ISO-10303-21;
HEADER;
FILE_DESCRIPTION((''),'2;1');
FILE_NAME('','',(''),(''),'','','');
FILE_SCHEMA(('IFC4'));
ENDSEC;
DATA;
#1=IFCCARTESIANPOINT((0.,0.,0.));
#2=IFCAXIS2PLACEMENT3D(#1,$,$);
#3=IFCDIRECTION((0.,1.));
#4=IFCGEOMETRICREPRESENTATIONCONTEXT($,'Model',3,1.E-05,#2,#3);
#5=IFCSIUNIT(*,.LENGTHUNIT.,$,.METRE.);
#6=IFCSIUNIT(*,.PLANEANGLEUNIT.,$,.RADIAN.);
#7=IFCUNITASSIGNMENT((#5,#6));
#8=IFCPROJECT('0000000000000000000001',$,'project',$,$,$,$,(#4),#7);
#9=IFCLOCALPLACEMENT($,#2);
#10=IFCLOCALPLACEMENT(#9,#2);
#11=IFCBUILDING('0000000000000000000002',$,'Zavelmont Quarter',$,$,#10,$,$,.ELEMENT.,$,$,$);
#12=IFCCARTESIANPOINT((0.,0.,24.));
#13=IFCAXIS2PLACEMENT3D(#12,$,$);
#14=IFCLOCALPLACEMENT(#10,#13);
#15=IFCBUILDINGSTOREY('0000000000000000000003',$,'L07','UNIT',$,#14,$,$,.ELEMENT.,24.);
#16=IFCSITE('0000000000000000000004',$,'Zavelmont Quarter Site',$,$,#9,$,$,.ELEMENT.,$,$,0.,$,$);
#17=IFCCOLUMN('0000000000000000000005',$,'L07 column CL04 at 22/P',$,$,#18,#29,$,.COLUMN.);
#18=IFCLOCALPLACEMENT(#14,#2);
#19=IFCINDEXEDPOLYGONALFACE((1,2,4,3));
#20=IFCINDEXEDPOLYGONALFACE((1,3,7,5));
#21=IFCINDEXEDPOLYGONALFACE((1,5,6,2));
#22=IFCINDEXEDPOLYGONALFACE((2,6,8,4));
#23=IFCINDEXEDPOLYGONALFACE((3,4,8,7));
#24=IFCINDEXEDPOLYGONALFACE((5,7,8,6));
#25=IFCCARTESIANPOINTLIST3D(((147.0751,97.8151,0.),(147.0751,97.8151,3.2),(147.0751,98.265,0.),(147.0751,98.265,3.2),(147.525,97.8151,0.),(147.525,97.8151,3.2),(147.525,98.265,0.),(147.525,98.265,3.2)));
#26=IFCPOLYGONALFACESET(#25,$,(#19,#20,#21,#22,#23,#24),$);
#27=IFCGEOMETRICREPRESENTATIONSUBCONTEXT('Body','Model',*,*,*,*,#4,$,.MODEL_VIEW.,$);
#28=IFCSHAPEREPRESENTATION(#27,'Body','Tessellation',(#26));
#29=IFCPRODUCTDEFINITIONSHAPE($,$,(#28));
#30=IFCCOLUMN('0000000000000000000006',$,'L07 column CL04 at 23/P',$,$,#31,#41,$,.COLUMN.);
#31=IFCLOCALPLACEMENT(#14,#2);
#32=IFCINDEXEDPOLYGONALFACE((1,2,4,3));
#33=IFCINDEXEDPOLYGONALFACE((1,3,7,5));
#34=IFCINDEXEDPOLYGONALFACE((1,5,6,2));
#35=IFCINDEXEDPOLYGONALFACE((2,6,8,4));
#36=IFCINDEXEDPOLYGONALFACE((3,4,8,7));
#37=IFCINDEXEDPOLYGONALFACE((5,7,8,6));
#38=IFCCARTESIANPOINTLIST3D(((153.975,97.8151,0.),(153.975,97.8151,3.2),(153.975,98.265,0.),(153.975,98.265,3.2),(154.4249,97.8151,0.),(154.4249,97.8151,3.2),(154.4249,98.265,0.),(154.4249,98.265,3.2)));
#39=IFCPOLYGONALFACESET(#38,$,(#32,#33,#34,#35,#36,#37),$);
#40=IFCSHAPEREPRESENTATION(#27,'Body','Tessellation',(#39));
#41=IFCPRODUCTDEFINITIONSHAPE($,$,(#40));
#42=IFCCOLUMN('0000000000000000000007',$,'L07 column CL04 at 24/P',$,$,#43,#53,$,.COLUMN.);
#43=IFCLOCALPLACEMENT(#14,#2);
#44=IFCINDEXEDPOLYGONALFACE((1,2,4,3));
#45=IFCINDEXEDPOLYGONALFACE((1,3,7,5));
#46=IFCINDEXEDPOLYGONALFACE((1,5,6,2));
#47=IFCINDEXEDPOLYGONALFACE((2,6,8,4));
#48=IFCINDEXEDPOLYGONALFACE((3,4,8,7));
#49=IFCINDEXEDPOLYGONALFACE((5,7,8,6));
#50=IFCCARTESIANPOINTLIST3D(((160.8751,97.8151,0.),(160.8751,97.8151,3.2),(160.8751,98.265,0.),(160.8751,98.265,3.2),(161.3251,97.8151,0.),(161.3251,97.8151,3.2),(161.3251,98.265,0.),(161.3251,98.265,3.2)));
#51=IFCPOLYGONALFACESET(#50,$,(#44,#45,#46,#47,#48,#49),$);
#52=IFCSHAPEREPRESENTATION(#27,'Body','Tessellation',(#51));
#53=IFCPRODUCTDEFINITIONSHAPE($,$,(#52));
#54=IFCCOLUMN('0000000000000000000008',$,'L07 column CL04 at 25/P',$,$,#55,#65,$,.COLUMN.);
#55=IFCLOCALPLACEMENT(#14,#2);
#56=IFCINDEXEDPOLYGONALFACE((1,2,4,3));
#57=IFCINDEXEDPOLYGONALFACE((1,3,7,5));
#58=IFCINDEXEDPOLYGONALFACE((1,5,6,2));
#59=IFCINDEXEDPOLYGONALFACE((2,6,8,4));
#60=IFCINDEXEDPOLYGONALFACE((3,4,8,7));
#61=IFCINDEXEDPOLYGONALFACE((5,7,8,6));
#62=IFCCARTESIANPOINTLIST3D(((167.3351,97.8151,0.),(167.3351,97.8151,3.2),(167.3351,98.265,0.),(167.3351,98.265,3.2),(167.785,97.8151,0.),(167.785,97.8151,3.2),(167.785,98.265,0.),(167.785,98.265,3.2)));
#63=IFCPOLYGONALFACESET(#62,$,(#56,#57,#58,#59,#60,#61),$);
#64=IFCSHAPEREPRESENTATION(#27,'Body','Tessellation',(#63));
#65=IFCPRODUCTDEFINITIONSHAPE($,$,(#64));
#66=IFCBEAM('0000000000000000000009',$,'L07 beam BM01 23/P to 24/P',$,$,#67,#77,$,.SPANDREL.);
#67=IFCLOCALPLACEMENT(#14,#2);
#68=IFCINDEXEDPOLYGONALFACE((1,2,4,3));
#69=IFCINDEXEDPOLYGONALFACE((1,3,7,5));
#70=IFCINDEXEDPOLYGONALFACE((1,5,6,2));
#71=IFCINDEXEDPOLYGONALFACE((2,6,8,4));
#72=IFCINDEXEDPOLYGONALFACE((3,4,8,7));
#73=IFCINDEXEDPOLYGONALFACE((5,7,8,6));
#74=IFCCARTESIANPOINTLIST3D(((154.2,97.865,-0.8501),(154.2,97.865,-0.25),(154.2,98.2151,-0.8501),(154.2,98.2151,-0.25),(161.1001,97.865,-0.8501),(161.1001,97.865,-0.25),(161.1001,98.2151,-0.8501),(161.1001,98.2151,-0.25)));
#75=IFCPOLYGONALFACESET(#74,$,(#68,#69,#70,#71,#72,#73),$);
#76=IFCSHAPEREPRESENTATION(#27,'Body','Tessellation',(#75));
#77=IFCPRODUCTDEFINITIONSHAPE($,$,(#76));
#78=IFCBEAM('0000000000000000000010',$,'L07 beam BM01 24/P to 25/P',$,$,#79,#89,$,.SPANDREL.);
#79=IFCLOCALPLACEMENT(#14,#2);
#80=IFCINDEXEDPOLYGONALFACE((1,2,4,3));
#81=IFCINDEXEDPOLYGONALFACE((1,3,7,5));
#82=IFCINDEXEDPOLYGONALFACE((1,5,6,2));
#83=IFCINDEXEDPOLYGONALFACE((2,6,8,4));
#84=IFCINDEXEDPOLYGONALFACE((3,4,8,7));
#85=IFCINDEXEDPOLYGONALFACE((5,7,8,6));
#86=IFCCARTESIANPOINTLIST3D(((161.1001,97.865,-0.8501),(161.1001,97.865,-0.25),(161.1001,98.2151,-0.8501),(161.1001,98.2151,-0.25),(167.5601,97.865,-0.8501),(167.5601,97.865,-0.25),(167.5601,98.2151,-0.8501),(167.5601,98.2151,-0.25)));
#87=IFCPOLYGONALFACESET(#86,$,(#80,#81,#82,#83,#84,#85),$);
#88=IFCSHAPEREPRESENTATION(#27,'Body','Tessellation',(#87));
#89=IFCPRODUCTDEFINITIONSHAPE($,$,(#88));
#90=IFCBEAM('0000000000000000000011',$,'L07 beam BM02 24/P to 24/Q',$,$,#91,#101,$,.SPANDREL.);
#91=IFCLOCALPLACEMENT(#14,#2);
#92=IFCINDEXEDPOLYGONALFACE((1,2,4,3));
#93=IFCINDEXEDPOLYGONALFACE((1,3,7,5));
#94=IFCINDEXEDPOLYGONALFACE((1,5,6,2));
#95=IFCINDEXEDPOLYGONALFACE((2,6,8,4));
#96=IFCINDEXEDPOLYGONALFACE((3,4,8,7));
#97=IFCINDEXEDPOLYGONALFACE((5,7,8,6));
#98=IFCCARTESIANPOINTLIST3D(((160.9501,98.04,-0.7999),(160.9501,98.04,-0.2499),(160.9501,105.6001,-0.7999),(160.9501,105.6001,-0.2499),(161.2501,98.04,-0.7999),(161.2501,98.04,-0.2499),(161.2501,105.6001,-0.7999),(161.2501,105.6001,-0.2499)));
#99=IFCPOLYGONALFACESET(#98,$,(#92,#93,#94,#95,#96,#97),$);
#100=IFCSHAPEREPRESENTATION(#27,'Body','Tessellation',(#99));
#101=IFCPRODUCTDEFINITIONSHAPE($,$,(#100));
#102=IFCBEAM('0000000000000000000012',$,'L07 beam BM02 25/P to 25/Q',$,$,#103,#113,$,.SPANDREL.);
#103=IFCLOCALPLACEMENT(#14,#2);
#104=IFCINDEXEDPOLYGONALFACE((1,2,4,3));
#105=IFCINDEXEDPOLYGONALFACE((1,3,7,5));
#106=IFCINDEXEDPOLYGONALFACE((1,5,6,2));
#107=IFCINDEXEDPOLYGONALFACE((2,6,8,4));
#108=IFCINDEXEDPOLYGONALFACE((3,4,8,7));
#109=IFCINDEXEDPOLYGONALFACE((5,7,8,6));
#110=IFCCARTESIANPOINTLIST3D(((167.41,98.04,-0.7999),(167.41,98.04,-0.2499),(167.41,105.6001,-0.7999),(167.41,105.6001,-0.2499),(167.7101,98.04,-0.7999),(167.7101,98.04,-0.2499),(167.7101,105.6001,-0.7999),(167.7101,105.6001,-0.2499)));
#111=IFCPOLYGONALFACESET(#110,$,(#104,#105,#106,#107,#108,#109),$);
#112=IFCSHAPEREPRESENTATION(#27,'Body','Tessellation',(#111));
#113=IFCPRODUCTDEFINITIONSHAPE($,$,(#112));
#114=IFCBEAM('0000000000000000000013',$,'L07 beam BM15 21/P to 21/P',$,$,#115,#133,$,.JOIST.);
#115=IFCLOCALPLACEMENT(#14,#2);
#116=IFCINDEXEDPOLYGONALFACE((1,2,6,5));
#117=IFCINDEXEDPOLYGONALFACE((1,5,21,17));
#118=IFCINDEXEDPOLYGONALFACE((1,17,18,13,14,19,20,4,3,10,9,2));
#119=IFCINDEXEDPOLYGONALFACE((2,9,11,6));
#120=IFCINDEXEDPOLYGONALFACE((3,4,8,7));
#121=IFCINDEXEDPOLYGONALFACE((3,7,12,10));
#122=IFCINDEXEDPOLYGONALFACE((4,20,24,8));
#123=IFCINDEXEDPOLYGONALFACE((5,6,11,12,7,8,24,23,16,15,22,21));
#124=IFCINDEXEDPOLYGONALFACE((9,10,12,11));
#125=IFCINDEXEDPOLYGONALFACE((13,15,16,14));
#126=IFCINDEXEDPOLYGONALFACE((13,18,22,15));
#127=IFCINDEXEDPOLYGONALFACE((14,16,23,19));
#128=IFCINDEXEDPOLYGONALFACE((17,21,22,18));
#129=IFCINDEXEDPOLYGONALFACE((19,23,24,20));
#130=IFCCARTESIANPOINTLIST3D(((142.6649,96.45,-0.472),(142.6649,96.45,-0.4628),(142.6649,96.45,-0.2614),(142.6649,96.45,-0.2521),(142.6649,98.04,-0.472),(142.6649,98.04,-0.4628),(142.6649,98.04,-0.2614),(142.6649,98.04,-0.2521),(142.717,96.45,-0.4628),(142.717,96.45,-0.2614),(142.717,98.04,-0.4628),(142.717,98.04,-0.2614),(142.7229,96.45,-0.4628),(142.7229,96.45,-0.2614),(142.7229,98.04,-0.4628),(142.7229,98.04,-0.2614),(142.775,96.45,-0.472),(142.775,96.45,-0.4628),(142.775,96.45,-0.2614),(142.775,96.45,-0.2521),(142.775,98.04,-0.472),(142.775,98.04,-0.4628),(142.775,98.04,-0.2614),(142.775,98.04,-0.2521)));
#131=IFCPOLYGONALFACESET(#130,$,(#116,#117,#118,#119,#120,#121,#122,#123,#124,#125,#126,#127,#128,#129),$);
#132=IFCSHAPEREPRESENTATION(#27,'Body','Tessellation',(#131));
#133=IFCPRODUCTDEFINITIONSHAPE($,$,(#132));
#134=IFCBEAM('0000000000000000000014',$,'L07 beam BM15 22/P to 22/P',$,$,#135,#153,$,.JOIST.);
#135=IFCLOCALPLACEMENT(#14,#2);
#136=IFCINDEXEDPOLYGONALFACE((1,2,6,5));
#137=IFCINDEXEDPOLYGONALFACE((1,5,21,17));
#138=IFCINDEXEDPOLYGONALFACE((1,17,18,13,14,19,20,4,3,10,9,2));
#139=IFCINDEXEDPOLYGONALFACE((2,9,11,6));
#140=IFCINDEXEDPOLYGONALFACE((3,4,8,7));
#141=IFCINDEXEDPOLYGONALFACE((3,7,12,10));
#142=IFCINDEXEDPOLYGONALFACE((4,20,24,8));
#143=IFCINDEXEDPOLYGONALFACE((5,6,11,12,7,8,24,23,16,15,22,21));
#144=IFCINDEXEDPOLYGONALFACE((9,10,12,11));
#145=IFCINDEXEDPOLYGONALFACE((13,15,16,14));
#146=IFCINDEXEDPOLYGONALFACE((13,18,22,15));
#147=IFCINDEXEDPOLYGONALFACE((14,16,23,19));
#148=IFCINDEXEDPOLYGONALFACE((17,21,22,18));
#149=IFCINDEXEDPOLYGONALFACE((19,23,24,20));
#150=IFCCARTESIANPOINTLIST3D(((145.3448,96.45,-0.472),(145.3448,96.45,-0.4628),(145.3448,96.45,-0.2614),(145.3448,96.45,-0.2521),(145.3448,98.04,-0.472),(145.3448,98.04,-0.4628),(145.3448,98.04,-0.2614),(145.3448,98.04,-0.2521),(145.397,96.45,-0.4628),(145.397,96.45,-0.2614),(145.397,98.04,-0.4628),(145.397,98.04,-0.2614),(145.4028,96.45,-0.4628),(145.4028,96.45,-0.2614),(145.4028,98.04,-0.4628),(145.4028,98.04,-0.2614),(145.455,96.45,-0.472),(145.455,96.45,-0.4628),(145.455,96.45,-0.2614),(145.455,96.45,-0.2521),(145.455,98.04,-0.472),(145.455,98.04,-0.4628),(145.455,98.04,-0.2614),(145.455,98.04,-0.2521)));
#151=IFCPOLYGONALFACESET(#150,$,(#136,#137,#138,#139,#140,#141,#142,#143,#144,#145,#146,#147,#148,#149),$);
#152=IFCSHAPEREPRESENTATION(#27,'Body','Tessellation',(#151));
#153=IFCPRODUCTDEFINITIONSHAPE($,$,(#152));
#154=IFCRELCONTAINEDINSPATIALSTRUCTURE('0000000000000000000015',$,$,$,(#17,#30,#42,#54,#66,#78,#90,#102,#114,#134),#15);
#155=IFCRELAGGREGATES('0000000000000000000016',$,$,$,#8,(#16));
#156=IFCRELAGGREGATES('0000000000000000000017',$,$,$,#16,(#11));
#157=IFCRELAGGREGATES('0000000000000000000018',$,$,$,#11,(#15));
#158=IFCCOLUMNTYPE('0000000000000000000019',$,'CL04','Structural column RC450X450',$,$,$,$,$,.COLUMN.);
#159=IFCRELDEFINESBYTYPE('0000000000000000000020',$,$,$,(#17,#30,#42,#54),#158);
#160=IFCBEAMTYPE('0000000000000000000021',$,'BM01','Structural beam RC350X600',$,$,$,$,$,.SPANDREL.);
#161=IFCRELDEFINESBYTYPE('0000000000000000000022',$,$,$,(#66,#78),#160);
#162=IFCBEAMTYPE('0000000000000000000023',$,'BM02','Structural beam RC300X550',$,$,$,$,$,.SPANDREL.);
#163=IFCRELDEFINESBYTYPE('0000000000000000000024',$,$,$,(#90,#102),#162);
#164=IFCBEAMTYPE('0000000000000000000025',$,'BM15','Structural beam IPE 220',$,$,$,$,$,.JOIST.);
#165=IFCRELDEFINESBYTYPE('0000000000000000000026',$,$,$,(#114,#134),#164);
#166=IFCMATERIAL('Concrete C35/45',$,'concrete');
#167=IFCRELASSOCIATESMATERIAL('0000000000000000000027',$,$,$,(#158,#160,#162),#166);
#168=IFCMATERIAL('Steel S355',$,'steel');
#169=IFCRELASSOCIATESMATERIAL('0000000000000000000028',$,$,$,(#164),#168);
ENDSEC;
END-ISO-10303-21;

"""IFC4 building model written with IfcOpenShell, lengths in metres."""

from ifc_helpers import new_model, si_unit, direction, frame, origin, origin_2d, place, context, subcontext, project, spatial, rectangle, i_section, extrude, material, material_profile, profile_set, type_object, element, save


model = new_model("IFC4")

# Units and contexts
model_context = context("Model", 3, precision=1e-05, world=origin(), true_north=direction((0.0, 1.0)))
body_context = subcontext(model_context, "Body", "Model", "MODEL_VIEW")
ifc_project = project(units=[si_unit("LENGTHUNIT", "METRE"), si_unit("PLANEANGLEUNIT", "RADIAN")], contexts=[model_context])

# Site, building, storey
site_placement = place(None, origin())
site = spatial("IfcSite", under=ifc_project, at=site_placement, Name="Zavelmont Quarter Site", CompositionType="ELEMENT", RefElevation=0.0)
building_placement = place(site_placement, origin())
building = spatial("IfcBuilding", under=site, at=building_placement, Name="Zavelmont Quarter", CompositionType="ELEMENT")
storey_placement = place(building_placement, frame((0.0, 0.0, 24.0)))
storey = spatial("IfcBuildingStorey", under=building, at=storey_placement, Name="L07", Description="UNIT", CompositionType="ELEMENT", Elevation=24.0)

# Columns
ifc_material_1 = material(Name="Concrete C35/45", Category="concrete")
ifc_material_profile_1 = material_profile(ifc_material_1, rectangle(XDim=0.45, YDim=0.45, at=origin_2d()), Name="RC450X450")
ifc_profile_set_1 = profile_set([ifc_material_profile_1], Name="Concrete C35/45")
column_type = type_object("IfcColumnType", Name="CL04", Description="Structural column RC450X450", PredefinedType="COLUMN", material=ifc_profile_set_1)
for number, where, z_axis, x_axis, name in (
    (1, (147.3, 98.04, 0.0), (0.0, 0.0, 1.0), (1.0, 0.0, 0.0), "L07 column CL04 at 22/P"),
    (2, (154.2, 98.04, 0.0), (0.0, 0.0, 1.0), (1.0, 0.0, 0.0), "L07 column CL04 at 23/P"),
    (3, (161.1001, 98.04, 0.0), (0.0, 0.0, 1.0), (1.0, 0.0, 0.0), "L07 column CL04 at 24/P"),
    (4, (167.5601, 98.04, 0.0), (0.0, 0.0, 1.0), (1.0, 0.0, 0.0), "L07 column CL04 at 25/P"),
):
    element("IfcColumn", number, at=place(storey_placement, frame(where, z_axis=z_axis, x_axis=x_axis)), inside=storey, type_object=column_type, Name=name, PredefinedType="COLUMN", context=body_context, shape_type="SweptSolid", body=[
        extrude(rectangle(XDim=0.45, YDim=0.45, at=origin_2d()), origin(), (0.0, 0.0, 1.0), 3.2),
    ])

# Beams
ifc_material_profile_2 = material_profile(ifc_material_1, rectangle(XDim=0.3501, YDim=0.6001, at=origin_2d()), Name="RC350X600")
ifc_profile_set_2 = profile_set([ifc_material_profile_2], Name="Concrete C35/45")
beam_type_1 = type_object("IfcBeamType", Name="BM01", Description="Structural beam RC350X600", PredefinedType="SPANDREL", material=ifc_profile_set_2)
beam_1_placement = place(storey_placement, frame((154.2, 98.04, -0.55), z_axis=(1.0, 0.0, 0.0), x_axis=(0.0, 1.0, 0.0)))
element("IfcBeam", 5, at=beam_1_placement, inside=storey, type_object=beam_type_1, Name="L07 beam BM01 23/P to 24/P", PredefinedType="SPANDREL", context=body_context, shape_type="SweptSolid", body=[
    extrude(rectangle(XDim=0.3501, YDim=0.6001, at=origin_2d()), origin(), (0.0, 0.0, 1.0), 6.9001),
])
beam_2_placement = place(storey_placement, frame((161.1001, 98.04, -0.55), z_axis=(1.0, 0.0, 0.0), x_axis=(0.0, 1.0, 0.0)))
element("IfcBeam", 6, at=beam_2_placement, inside=storey, type_object=beam_type_1, Name="L07 beam BM01 24/P to 25/P", PredefinedType="SPANDREL", context=body_context, shape_type="SweptSolid", body=[
    extrude(rectangle(XDim=0.3501, YDim=0.6001, at=origin_2d()), origin(), (0.0, 0.0, 1.0), 6.46),
])
ifc_material_profile_3 = material_profile(ifc_material_1, rectangle(XDim=0.3, YDim=0.55, at=origin_2d()), Name="RC300X550")
ifc_profile_set_3 = profile_set([ifc_material_profile_3], Name="Concrete C35/45")
beam_type_2 = type_object("IfcBeamType", Name="BM02", Description="Structural beam RC300X550", PredefinedType="SPANDREL", material=ifc_profile_set_3)
for number, where, z_axis, x_axis, name in (
    (7, (161.1001, 98.04, -0.5249), (0.0, 1.0, 0.0), (-1.0, 0.0, 0.0), "L07 beam BM02 24/P to 24/Q"),
    (8, (167.5601, 98.04, -0.5249), (0.0, 1.0, 0.0), (-1.0, 0.0, 0.0), "L07 beam BM02 25/P to 25/Q"),
):
    element("IfcBeam", number, at=place(storey_placement, frame(where, z_axis=z_axis, x_axis=x_axis)), inside=storey, type_object=beam_type_2, Name=name, PredefinedType="SPANDREL", context=body_context, shape_type="SweptSolid", body=[
        extrude(rectangle(XDim=0.3, YDim=0.55, at=origin_2d()), origin(), (0.0, 0.0, 1.0), 7.5601),
    ])
ifc_material_2 = material(Name="Steel S355", Category="steel")
ifc_material_profile_4 = material_profile(ifc_material_2, i_section(OverallWidth=0.1101, OverallDepth=0.22, WebThickness=0.0059, FlangeThickness=0.0093, at=origin_2d()), Name="IPE 220")
ifc_profile_set_4 = profile_set([ifc_material_profile_4], Name="Steel S355")
beam_type_3 = type_object("IfcBeamType", Name="BM15", Description="Structural beam IPE 220", PredefinedType="JOIST", material=ifc_profile_set_4)
for number, where, z_axis, x_axis, name in (
    (9, (142.72, 98.04, -0.3621), (0.0, -1.0, 0.0), (1.0, 0.0, 0.0), "L07 beam BM15 21/P to 21/P"),
    (10, (145.3999, 98.04, -0.3621), (0.0, -1.0, 0.0), (1.0, 0.0, 0.0), "L07 beam BM15 22/P to 22/P"),
):
    element("IfcBeam", number, at=place(storey_placement, frame(where, z_axis=z_axis, x_axis=x_axis)), inside=storey, type_object=beam_type_3, Name=name, PredefinedType="JOIST", context=body_context, shape_type="SweptSolid", body=[
        extrude(i_section(OverallWidth=0.1101, OverallDepth=0.22, WebThickness=0.0059, FlangeThickness=0.0093, at=origin_2d()), origin(), (0.0, 0.0, 1.0), 1.5901),
    ])

save(model, "model.ifc")
